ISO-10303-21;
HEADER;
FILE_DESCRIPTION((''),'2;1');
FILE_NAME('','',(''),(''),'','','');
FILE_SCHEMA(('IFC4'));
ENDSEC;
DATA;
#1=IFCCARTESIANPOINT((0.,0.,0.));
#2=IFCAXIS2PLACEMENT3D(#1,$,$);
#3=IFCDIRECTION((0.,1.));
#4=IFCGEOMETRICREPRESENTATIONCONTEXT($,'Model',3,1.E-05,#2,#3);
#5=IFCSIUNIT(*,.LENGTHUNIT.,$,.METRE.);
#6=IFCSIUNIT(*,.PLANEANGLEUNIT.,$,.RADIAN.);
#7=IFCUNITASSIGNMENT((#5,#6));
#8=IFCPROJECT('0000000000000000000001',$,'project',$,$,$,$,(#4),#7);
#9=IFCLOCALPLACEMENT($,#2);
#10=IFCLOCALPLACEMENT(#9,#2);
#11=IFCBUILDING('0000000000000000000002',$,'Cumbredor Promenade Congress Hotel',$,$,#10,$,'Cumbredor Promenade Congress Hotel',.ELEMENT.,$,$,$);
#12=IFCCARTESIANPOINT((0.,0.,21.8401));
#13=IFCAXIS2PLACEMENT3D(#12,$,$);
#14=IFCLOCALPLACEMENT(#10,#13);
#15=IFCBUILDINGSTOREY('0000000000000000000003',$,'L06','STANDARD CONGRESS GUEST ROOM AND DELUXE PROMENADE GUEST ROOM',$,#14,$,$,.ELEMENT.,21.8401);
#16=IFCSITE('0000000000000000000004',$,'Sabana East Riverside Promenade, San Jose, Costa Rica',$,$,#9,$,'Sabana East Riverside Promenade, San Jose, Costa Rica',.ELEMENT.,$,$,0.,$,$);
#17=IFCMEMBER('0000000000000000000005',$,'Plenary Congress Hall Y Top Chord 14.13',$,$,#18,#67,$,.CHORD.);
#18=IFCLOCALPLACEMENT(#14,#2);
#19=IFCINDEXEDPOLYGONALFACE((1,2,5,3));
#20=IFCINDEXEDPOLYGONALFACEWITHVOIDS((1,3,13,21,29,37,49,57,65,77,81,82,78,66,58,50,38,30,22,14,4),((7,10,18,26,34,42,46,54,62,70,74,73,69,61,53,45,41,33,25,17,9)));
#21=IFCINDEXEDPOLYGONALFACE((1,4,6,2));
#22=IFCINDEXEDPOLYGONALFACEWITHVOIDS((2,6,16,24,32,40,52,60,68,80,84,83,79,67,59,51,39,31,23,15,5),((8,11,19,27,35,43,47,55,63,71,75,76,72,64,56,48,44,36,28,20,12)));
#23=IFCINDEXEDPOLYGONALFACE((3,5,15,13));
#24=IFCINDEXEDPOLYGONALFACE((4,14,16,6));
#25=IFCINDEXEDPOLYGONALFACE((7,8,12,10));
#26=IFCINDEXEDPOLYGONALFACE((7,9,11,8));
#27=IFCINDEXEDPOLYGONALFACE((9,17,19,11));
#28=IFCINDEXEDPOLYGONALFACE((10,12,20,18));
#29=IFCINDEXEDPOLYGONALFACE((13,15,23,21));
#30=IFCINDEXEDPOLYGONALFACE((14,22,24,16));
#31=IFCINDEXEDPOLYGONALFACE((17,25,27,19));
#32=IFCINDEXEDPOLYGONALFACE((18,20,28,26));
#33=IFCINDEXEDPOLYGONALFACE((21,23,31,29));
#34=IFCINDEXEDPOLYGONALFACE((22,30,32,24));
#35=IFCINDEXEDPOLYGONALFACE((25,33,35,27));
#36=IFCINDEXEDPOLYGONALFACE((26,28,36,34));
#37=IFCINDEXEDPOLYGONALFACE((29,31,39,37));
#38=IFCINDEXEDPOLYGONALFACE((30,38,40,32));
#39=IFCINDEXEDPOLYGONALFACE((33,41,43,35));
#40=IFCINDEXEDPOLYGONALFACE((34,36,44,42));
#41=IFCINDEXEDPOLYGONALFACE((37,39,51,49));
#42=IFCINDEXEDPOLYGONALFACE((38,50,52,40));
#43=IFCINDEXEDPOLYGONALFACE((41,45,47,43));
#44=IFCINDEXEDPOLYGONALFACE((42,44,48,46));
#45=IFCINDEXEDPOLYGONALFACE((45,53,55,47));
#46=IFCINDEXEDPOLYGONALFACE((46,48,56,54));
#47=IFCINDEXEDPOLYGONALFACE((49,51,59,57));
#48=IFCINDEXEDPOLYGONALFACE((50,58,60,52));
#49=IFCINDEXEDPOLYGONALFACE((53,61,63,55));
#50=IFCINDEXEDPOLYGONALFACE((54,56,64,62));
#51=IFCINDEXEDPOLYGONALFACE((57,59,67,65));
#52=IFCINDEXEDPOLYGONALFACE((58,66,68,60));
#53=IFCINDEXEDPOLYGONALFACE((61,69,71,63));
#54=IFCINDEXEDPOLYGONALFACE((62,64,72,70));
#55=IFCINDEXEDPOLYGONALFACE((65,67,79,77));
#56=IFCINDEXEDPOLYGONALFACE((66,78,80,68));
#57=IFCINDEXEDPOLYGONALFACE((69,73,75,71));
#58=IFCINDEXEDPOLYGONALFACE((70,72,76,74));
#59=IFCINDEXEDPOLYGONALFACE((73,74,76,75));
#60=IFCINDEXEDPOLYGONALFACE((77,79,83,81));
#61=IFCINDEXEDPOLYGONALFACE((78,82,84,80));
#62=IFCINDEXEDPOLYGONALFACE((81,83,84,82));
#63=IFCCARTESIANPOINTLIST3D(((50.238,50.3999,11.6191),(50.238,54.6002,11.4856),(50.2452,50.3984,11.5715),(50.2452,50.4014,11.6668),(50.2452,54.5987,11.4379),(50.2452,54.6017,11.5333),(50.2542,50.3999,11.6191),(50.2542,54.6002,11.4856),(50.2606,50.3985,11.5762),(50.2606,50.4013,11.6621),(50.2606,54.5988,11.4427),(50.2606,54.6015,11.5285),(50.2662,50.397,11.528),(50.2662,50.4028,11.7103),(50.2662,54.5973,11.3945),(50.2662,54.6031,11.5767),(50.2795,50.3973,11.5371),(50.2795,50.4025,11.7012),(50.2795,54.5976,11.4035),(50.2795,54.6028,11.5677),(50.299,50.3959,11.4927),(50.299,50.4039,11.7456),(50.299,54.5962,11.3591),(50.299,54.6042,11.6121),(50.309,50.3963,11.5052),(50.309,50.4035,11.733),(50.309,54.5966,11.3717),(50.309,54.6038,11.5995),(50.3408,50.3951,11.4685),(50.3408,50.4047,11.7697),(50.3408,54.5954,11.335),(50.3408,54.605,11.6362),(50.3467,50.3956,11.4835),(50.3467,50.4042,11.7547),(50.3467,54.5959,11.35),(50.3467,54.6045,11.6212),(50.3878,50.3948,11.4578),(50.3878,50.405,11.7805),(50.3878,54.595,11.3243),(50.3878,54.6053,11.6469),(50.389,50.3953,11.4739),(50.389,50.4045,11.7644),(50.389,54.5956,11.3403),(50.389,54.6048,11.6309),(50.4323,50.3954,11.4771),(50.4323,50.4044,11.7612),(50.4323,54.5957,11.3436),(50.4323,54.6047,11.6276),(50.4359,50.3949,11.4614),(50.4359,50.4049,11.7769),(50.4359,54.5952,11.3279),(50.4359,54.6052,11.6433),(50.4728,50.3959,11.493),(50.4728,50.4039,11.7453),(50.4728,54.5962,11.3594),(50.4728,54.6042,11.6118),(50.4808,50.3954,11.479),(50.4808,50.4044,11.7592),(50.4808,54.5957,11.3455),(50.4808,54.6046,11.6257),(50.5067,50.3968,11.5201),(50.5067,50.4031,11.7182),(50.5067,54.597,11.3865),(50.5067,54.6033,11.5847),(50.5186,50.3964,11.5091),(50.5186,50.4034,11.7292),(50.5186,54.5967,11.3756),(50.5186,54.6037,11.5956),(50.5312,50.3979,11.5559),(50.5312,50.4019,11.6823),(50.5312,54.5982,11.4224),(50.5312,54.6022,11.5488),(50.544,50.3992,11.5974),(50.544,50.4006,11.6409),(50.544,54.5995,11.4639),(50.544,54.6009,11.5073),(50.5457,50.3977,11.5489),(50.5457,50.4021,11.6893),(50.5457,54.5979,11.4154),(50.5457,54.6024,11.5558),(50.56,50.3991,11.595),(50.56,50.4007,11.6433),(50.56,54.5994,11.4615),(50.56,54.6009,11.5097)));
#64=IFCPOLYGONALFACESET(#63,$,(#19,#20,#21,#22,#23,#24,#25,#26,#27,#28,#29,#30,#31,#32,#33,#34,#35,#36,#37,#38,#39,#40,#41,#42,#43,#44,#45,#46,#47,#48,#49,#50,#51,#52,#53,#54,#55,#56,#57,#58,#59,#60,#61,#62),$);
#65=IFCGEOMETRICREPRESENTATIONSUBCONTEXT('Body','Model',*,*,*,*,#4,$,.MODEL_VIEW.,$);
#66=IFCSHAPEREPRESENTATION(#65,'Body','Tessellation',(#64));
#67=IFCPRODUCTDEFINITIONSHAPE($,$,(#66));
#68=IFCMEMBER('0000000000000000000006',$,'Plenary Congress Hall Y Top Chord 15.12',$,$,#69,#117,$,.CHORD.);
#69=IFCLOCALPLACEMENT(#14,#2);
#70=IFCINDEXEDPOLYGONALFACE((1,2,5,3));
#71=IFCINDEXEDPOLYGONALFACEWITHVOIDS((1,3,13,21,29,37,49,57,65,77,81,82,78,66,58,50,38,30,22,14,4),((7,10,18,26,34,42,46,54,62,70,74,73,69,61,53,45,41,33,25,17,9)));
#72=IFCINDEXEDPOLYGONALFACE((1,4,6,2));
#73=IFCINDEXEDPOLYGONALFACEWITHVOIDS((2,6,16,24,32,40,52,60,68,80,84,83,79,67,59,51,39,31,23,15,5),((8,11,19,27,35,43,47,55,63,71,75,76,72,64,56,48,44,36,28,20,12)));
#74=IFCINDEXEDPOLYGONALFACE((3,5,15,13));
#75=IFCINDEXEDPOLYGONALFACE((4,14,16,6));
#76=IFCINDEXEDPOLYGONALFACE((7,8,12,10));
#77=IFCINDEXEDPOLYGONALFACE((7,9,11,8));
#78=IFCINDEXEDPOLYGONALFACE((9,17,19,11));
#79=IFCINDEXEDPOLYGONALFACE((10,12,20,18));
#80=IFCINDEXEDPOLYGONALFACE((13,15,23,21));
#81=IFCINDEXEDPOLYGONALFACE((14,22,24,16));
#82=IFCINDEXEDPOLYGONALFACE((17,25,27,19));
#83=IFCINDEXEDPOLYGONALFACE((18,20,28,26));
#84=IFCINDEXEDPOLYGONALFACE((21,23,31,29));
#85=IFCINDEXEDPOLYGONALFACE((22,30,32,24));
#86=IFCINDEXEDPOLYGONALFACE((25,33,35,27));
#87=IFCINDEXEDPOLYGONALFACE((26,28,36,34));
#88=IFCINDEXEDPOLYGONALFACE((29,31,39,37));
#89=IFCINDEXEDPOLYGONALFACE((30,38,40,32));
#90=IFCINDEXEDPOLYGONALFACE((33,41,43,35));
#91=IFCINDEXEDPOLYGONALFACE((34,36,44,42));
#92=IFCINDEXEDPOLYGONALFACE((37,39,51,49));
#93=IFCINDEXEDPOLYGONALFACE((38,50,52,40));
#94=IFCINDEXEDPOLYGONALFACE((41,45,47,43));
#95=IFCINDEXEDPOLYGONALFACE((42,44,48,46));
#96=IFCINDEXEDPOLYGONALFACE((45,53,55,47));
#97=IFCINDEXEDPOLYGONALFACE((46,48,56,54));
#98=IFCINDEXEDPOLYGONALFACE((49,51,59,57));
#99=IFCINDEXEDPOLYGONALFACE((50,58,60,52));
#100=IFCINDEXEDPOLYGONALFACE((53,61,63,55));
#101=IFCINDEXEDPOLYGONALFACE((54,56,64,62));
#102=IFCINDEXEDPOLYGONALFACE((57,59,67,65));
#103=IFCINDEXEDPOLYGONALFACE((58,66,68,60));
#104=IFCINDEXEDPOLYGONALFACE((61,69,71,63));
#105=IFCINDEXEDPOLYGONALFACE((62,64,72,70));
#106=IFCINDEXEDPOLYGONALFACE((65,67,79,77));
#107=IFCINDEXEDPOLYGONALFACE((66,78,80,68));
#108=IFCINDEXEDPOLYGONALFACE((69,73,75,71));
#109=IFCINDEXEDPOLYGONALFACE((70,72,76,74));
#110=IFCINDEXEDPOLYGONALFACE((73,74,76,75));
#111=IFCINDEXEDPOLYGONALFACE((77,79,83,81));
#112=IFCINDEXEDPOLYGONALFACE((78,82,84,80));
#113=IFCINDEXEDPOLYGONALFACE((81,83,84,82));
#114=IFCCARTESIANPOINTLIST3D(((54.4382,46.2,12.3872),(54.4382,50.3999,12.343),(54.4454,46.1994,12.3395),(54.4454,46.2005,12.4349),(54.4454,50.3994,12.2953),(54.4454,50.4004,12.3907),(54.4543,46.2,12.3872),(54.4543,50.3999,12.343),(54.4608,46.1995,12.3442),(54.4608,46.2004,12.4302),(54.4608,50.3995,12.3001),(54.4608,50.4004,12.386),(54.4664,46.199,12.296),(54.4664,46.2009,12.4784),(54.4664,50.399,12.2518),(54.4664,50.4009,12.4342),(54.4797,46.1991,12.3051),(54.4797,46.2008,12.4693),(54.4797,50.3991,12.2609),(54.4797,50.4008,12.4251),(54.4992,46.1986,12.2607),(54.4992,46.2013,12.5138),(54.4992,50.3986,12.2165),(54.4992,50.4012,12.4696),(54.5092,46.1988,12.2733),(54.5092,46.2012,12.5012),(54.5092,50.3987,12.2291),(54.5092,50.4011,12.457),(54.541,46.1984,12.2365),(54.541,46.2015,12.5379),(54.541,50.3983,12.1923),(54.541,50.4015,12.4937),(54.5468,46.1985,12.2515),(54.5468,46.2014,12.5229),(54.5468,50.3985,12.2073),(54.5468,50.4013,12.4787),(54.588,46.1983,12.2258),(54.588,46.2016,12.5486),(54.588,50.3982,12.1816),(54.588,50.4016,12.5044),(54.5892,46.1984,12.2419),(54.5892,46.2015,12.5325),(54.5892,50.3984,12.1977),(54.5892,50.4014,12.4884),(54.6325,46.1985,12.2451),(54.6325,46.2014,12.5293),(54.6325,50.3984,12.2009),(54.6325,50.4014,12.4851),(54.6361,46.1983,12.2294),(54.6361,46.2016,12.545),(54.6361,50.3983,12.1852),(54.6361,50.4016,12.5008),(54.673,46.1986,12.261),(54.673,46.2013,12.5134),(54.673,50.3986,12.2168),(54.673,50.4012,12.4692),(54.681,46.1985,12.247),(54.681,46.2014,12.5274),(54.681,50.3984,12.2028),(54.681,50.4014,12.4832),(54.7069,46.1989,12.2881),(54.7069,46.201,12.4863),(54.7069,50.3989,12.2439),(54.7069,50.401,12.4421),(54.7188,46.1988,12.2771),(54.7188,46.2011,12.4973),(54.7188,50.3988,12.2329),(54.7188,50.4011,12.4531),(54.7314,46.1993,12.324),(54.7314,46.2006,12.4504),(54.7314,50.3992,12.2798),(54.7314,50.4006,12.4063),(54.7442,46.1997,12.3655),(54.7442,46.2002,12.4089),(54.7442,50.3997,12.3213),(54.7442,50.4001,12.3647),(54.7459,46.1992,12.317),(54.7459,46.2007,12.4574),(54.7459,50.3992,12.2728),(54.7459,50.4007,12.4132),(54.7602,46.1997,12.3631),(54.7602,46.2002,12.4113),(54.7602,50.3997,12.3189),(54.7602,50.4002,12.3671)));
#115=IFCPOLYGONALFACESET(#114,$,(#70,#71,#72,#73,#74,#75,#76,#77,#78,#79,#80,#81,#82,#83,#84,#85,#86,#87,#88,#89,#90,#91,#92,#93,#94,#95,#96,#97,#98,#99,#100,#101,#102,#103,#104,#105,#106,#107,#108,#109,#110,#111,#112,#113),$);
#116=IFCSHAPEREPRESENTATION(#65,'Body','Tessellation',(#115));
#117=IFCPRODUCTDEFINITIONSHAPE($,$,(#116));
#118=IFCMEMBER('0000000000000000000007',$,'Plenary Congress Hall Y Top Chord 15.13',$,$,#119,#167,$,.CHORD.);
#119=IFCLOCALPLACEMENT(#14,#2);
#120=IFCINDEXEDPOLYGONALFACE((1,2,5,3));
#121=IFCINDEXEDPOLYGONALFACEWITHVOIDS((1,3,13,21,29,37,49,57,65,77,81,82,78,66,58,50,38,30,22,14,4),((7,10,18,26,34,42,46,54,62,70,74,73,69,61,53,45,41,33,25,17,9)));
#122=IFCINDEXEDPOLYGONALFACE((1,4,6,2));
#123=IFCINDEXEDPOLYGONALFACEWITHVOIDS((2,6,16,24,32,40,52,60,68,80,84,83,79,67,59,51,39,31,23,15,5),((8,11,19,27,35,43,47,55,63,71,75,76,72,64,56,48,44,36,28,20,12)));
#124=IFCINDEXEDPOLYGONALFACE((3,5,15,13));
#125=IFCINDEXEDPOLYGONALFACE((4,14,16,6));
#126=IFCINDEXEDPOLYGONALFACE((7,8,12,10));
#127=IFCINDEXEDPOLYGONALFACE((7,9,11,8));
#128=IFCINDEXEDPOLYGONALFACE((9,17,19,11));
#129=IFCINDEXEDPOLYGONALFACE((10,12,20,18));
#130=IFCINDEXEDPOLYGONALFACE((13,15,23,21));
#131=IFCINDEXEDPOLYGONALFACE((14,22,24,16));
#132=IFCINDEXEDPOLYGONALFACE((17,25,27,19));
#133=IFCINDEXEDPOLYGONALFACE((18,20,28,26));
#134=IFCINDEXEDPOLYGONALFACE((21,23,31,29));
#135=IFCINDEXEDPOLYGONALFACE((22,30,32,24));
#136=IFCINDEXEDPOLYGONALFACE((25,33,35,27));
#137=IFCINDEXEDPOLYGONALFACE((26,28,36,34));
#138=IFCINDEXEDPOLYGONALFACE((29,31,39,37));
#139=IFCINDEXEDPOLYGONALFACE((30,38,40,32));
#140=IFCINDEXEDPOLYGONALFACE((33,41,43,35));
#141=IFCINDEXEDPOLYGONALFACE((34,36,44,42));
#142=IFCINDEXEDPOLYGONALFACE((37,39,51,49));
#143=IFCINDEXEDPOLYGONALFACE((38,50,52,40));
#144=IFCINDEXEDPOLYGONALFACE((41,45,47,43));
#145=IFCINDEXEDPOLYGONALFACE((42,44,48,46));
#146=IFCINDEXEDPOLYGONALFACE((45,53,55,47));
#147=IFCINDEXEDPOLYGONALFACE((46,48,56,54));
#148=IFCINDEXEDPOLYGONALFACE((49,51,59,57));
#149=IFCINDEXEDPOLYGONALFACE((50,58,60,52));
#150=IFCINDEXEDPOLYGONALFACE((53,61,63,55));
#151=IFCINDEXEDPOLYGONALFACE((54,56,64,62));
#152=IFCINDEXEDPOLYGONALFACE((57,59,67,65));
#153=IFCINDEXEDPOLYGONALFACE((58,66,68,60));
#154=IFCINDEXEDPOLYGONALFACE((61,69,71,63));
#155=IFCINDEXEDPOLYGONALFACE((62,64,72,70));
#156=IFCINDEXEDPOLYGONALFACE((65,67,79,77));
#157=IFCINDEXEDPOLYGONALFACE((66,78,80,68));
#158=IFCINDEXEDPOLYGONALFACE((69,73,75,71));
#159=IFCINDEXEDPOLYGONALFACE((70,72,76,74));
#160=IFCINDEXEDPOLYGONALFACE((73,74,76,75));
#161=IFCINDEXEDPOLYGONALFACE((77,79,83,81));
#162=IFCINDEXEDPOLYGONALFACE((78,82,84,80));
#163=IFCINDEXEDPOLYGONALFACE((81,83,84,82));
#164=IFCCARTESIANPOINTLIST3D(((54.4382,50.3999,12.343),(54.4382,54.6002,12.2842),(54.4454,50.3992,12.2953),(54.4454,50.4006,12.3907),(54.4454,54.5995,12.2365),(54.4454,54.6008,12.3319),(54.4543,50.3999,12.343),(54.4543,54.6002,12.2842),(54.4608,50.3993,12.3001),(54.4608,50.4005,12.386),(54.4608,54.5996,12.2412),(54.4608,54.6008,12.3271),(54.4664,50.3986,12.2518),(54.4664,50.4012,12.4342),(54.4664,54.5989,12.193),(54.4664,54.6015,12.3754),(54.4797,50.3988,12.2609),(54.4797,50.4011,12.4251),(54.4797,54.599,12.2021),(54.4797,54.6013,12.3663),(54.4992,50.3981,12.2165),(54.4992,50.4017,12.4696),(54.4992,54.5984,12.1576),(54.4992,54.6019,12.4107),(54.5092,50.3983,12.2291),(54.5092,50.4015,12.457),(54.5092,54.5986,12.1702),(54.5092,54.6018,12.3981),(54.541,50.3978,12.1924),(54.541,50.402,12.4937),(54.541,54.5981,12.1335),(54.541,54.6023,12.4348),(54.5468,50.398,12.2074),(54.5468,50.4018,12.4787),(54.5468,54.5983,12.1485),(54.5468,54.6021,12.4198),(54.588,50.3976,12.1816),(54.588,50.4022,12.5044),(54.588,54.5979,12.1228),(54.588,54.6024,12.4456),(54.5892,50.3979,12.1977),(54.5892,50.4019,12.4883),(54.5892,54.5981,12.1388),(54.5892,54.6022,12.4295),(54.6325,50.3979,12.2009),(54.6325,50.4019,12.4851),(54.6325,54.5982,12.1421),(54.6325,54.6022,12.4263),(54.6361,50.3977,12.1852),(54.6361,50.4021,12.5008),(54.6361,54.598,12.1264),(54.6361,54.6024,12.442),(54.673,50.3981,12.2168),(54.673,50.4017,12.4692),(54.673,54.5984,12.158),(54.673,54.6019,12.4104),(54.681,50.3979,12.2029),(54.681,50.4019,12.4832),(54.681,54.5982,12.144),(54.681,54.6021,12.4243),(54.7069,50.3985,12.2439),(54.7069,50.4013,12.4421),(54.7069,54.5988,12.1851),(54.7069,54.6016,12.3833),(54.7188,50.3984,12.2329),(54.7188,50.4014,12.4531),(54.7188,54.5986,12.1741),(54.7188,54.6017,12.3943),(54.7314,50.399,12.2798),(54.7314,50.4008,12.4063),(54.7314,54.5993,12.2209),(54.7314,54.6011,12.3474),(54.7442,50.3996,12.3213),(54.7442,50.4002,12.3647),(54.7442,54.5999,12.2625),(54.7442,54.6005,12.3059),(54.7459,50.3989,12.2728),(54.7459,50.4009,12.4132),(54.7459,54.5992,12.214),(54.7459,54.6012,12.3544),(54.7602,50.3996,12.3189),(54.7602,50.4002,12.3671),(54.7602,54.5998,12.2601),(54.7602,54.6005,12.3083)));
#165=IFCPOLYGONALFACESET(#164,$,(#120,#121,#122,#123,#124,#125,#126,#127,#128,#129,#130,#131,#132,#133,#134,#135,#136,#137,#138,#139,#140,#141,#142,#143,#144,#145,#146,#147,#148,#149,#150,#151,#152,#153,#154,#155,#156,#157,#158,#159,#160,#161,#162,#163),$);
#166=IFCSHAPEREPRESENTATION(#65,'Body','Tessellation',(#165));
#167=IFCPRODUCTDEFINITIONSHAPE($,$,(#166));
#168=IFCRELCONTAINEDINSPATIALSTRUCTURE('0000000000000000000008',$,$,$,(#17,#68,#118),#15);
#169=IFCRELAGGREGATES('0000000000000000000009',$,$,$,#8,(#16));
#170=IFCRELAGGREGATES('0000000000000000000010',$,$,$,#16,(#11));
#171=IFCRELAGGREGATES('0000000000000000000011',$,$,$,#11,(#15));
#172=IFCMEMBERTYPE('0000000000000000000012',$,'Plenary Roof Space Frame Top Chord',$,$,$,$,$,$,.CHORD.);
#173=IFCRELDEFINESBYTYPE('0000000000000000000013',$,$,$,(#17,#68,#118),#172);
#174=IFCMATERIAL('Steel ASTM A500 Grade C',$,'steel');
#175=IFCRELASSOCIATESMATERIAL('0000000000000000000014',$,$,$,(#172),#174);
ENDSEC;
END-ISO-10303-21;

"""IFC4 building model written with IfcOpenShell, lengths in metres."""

from ifc_helpers import new_model, si_unit, direction, frame, origin, origin_2d, place, context, subcontext, project, spatial, hollow_circle, extrude, material, material_profile, profile_set, type_object, element, save


model = new_model("IFC4")

# Units and contexts
model_context = context("Model", 3, precision=1e-05, world=origin(), true_north=direction((0.0, 1.0)))
body_context = subcontext(model_context, "Body", "Model", "MODEL_VIEW")
ifc_project = project(units=[si_unit("LENGTHUNIT", "METRE"), si_unit("PLANEANGLEUNIT", "RADIAN")], contexts=[model_context])

# Site, building, storey
site_placement = place(None, origin())
site = spatial("IfcSite", under=ifc_project, at=site_placement, Name="Sabana East Riverside Promenade, San Jose, Costa Rica", LongName="Sabana East Riverside Promenade, San Jose, Costa Rica", CompositionType="ELEMENT", RefElevation=0.0)
building_placement = place(site_placement, origin())
building = spatial("IfcBuilding", under=site, at=building_placement, Name="Cumbredor Promenade Congress Hotel", LongName="Cumbredor Promenade Congress Hotel", CompositionType="ELEMENT")
storey_placement = place(building_placement, frame((0.0, 0.0, 21.8401)))
storey = spatial("IfcBuildingStorey", under=building, at=storey_placement, Name="L06", Description="STANDARD CONGRESS GUEST ROOM AND DELUXE PROMENADE GUEST ROOM", CompositionType="ELEMENT", Elevation=21.8401)

# Members
ifc_material_1 = material(Name="Steel ASTM A500 Grade C", Category="steel")
ifc_material_profile_1 = material_profile(ifc_material_1, hollow_circle(Radius=0.1619, WallThickness=0.0161, at=origin_2d()), Name="CHS 323.9x16")
ifc_profile_set_1 = profile_set([ifc_material_profile_1], Name="Steel ASTM A500 Grade C")
member_type_1 = type_object("IfcMemberType", Name="Plenary Roof Space Frame Top Chord", PredefinedType="CHORD", material=ifc_profile_set_1)
member_1_placement = place(storey_placement, frame((50.3999, 50.3999, 11.6191), z_axis=(0.0, 0.999495, -0.031779), x_axis=(-1.0, 0.0, 0.0)))
element("IfcMember", 1, at=member_1_placement, inside=storey, type_object=member_type_1, Name="Plenary Congress Hall Y Top Chord 14.13", PredefinedType="CHORD", context=body_context, shape_type="SweptSolid", body=[
    extrude(hollow_circle(Radius=0.1619, WallThickness=0.0161, at=origin_2d()), origin(), (0.0, 0.0, 1.0), 4.2024),
])
member_2_placement = place(storey_placement, frame((54.6001, 46.2, 12.3872), z_axis=(0.0, 0.999945, -0.010521), x_axis=(-1.0, 0.0, 0.0)))
element("IfcMember", 2, at=member_2_placement, inside=storey, type_object=member_type_1, Name="Plenary Congress Hall Y Top Chord 15.12", PredefinedType="CHORD", context=body_context, shape_type="SweptSolid", body=[
    extrude(hollow_circle(Radius=0.1619, WallThickness=0.0161, at=origin_2d()), origin(), (0.0, 0.0, 1.0), 4.2002),
])
member_3_placement = place(storey_placement, frame((54.6001, 50.3999, 12.343), z_axis=(0.0, 0.999902, -0.014007), x_axis=(-1.0, 0.0, 0.0)))
element("IfcMember", 3, at=member_3_placement, inside=storey, type_object=member_type_1, Name="Plenary Congress Hall Y Top Chord 15.13", PredefinedType="CHORD", context=body_context, shape_type="SweptSolid", body=[
    extrude(hollow_circle(Radius=0.1619, WallThickness=0.0161, at=origin_2d()), origin(), (0.0, 0.0, 1.0), 4.2007),
])

save(model, "model.ifc")
